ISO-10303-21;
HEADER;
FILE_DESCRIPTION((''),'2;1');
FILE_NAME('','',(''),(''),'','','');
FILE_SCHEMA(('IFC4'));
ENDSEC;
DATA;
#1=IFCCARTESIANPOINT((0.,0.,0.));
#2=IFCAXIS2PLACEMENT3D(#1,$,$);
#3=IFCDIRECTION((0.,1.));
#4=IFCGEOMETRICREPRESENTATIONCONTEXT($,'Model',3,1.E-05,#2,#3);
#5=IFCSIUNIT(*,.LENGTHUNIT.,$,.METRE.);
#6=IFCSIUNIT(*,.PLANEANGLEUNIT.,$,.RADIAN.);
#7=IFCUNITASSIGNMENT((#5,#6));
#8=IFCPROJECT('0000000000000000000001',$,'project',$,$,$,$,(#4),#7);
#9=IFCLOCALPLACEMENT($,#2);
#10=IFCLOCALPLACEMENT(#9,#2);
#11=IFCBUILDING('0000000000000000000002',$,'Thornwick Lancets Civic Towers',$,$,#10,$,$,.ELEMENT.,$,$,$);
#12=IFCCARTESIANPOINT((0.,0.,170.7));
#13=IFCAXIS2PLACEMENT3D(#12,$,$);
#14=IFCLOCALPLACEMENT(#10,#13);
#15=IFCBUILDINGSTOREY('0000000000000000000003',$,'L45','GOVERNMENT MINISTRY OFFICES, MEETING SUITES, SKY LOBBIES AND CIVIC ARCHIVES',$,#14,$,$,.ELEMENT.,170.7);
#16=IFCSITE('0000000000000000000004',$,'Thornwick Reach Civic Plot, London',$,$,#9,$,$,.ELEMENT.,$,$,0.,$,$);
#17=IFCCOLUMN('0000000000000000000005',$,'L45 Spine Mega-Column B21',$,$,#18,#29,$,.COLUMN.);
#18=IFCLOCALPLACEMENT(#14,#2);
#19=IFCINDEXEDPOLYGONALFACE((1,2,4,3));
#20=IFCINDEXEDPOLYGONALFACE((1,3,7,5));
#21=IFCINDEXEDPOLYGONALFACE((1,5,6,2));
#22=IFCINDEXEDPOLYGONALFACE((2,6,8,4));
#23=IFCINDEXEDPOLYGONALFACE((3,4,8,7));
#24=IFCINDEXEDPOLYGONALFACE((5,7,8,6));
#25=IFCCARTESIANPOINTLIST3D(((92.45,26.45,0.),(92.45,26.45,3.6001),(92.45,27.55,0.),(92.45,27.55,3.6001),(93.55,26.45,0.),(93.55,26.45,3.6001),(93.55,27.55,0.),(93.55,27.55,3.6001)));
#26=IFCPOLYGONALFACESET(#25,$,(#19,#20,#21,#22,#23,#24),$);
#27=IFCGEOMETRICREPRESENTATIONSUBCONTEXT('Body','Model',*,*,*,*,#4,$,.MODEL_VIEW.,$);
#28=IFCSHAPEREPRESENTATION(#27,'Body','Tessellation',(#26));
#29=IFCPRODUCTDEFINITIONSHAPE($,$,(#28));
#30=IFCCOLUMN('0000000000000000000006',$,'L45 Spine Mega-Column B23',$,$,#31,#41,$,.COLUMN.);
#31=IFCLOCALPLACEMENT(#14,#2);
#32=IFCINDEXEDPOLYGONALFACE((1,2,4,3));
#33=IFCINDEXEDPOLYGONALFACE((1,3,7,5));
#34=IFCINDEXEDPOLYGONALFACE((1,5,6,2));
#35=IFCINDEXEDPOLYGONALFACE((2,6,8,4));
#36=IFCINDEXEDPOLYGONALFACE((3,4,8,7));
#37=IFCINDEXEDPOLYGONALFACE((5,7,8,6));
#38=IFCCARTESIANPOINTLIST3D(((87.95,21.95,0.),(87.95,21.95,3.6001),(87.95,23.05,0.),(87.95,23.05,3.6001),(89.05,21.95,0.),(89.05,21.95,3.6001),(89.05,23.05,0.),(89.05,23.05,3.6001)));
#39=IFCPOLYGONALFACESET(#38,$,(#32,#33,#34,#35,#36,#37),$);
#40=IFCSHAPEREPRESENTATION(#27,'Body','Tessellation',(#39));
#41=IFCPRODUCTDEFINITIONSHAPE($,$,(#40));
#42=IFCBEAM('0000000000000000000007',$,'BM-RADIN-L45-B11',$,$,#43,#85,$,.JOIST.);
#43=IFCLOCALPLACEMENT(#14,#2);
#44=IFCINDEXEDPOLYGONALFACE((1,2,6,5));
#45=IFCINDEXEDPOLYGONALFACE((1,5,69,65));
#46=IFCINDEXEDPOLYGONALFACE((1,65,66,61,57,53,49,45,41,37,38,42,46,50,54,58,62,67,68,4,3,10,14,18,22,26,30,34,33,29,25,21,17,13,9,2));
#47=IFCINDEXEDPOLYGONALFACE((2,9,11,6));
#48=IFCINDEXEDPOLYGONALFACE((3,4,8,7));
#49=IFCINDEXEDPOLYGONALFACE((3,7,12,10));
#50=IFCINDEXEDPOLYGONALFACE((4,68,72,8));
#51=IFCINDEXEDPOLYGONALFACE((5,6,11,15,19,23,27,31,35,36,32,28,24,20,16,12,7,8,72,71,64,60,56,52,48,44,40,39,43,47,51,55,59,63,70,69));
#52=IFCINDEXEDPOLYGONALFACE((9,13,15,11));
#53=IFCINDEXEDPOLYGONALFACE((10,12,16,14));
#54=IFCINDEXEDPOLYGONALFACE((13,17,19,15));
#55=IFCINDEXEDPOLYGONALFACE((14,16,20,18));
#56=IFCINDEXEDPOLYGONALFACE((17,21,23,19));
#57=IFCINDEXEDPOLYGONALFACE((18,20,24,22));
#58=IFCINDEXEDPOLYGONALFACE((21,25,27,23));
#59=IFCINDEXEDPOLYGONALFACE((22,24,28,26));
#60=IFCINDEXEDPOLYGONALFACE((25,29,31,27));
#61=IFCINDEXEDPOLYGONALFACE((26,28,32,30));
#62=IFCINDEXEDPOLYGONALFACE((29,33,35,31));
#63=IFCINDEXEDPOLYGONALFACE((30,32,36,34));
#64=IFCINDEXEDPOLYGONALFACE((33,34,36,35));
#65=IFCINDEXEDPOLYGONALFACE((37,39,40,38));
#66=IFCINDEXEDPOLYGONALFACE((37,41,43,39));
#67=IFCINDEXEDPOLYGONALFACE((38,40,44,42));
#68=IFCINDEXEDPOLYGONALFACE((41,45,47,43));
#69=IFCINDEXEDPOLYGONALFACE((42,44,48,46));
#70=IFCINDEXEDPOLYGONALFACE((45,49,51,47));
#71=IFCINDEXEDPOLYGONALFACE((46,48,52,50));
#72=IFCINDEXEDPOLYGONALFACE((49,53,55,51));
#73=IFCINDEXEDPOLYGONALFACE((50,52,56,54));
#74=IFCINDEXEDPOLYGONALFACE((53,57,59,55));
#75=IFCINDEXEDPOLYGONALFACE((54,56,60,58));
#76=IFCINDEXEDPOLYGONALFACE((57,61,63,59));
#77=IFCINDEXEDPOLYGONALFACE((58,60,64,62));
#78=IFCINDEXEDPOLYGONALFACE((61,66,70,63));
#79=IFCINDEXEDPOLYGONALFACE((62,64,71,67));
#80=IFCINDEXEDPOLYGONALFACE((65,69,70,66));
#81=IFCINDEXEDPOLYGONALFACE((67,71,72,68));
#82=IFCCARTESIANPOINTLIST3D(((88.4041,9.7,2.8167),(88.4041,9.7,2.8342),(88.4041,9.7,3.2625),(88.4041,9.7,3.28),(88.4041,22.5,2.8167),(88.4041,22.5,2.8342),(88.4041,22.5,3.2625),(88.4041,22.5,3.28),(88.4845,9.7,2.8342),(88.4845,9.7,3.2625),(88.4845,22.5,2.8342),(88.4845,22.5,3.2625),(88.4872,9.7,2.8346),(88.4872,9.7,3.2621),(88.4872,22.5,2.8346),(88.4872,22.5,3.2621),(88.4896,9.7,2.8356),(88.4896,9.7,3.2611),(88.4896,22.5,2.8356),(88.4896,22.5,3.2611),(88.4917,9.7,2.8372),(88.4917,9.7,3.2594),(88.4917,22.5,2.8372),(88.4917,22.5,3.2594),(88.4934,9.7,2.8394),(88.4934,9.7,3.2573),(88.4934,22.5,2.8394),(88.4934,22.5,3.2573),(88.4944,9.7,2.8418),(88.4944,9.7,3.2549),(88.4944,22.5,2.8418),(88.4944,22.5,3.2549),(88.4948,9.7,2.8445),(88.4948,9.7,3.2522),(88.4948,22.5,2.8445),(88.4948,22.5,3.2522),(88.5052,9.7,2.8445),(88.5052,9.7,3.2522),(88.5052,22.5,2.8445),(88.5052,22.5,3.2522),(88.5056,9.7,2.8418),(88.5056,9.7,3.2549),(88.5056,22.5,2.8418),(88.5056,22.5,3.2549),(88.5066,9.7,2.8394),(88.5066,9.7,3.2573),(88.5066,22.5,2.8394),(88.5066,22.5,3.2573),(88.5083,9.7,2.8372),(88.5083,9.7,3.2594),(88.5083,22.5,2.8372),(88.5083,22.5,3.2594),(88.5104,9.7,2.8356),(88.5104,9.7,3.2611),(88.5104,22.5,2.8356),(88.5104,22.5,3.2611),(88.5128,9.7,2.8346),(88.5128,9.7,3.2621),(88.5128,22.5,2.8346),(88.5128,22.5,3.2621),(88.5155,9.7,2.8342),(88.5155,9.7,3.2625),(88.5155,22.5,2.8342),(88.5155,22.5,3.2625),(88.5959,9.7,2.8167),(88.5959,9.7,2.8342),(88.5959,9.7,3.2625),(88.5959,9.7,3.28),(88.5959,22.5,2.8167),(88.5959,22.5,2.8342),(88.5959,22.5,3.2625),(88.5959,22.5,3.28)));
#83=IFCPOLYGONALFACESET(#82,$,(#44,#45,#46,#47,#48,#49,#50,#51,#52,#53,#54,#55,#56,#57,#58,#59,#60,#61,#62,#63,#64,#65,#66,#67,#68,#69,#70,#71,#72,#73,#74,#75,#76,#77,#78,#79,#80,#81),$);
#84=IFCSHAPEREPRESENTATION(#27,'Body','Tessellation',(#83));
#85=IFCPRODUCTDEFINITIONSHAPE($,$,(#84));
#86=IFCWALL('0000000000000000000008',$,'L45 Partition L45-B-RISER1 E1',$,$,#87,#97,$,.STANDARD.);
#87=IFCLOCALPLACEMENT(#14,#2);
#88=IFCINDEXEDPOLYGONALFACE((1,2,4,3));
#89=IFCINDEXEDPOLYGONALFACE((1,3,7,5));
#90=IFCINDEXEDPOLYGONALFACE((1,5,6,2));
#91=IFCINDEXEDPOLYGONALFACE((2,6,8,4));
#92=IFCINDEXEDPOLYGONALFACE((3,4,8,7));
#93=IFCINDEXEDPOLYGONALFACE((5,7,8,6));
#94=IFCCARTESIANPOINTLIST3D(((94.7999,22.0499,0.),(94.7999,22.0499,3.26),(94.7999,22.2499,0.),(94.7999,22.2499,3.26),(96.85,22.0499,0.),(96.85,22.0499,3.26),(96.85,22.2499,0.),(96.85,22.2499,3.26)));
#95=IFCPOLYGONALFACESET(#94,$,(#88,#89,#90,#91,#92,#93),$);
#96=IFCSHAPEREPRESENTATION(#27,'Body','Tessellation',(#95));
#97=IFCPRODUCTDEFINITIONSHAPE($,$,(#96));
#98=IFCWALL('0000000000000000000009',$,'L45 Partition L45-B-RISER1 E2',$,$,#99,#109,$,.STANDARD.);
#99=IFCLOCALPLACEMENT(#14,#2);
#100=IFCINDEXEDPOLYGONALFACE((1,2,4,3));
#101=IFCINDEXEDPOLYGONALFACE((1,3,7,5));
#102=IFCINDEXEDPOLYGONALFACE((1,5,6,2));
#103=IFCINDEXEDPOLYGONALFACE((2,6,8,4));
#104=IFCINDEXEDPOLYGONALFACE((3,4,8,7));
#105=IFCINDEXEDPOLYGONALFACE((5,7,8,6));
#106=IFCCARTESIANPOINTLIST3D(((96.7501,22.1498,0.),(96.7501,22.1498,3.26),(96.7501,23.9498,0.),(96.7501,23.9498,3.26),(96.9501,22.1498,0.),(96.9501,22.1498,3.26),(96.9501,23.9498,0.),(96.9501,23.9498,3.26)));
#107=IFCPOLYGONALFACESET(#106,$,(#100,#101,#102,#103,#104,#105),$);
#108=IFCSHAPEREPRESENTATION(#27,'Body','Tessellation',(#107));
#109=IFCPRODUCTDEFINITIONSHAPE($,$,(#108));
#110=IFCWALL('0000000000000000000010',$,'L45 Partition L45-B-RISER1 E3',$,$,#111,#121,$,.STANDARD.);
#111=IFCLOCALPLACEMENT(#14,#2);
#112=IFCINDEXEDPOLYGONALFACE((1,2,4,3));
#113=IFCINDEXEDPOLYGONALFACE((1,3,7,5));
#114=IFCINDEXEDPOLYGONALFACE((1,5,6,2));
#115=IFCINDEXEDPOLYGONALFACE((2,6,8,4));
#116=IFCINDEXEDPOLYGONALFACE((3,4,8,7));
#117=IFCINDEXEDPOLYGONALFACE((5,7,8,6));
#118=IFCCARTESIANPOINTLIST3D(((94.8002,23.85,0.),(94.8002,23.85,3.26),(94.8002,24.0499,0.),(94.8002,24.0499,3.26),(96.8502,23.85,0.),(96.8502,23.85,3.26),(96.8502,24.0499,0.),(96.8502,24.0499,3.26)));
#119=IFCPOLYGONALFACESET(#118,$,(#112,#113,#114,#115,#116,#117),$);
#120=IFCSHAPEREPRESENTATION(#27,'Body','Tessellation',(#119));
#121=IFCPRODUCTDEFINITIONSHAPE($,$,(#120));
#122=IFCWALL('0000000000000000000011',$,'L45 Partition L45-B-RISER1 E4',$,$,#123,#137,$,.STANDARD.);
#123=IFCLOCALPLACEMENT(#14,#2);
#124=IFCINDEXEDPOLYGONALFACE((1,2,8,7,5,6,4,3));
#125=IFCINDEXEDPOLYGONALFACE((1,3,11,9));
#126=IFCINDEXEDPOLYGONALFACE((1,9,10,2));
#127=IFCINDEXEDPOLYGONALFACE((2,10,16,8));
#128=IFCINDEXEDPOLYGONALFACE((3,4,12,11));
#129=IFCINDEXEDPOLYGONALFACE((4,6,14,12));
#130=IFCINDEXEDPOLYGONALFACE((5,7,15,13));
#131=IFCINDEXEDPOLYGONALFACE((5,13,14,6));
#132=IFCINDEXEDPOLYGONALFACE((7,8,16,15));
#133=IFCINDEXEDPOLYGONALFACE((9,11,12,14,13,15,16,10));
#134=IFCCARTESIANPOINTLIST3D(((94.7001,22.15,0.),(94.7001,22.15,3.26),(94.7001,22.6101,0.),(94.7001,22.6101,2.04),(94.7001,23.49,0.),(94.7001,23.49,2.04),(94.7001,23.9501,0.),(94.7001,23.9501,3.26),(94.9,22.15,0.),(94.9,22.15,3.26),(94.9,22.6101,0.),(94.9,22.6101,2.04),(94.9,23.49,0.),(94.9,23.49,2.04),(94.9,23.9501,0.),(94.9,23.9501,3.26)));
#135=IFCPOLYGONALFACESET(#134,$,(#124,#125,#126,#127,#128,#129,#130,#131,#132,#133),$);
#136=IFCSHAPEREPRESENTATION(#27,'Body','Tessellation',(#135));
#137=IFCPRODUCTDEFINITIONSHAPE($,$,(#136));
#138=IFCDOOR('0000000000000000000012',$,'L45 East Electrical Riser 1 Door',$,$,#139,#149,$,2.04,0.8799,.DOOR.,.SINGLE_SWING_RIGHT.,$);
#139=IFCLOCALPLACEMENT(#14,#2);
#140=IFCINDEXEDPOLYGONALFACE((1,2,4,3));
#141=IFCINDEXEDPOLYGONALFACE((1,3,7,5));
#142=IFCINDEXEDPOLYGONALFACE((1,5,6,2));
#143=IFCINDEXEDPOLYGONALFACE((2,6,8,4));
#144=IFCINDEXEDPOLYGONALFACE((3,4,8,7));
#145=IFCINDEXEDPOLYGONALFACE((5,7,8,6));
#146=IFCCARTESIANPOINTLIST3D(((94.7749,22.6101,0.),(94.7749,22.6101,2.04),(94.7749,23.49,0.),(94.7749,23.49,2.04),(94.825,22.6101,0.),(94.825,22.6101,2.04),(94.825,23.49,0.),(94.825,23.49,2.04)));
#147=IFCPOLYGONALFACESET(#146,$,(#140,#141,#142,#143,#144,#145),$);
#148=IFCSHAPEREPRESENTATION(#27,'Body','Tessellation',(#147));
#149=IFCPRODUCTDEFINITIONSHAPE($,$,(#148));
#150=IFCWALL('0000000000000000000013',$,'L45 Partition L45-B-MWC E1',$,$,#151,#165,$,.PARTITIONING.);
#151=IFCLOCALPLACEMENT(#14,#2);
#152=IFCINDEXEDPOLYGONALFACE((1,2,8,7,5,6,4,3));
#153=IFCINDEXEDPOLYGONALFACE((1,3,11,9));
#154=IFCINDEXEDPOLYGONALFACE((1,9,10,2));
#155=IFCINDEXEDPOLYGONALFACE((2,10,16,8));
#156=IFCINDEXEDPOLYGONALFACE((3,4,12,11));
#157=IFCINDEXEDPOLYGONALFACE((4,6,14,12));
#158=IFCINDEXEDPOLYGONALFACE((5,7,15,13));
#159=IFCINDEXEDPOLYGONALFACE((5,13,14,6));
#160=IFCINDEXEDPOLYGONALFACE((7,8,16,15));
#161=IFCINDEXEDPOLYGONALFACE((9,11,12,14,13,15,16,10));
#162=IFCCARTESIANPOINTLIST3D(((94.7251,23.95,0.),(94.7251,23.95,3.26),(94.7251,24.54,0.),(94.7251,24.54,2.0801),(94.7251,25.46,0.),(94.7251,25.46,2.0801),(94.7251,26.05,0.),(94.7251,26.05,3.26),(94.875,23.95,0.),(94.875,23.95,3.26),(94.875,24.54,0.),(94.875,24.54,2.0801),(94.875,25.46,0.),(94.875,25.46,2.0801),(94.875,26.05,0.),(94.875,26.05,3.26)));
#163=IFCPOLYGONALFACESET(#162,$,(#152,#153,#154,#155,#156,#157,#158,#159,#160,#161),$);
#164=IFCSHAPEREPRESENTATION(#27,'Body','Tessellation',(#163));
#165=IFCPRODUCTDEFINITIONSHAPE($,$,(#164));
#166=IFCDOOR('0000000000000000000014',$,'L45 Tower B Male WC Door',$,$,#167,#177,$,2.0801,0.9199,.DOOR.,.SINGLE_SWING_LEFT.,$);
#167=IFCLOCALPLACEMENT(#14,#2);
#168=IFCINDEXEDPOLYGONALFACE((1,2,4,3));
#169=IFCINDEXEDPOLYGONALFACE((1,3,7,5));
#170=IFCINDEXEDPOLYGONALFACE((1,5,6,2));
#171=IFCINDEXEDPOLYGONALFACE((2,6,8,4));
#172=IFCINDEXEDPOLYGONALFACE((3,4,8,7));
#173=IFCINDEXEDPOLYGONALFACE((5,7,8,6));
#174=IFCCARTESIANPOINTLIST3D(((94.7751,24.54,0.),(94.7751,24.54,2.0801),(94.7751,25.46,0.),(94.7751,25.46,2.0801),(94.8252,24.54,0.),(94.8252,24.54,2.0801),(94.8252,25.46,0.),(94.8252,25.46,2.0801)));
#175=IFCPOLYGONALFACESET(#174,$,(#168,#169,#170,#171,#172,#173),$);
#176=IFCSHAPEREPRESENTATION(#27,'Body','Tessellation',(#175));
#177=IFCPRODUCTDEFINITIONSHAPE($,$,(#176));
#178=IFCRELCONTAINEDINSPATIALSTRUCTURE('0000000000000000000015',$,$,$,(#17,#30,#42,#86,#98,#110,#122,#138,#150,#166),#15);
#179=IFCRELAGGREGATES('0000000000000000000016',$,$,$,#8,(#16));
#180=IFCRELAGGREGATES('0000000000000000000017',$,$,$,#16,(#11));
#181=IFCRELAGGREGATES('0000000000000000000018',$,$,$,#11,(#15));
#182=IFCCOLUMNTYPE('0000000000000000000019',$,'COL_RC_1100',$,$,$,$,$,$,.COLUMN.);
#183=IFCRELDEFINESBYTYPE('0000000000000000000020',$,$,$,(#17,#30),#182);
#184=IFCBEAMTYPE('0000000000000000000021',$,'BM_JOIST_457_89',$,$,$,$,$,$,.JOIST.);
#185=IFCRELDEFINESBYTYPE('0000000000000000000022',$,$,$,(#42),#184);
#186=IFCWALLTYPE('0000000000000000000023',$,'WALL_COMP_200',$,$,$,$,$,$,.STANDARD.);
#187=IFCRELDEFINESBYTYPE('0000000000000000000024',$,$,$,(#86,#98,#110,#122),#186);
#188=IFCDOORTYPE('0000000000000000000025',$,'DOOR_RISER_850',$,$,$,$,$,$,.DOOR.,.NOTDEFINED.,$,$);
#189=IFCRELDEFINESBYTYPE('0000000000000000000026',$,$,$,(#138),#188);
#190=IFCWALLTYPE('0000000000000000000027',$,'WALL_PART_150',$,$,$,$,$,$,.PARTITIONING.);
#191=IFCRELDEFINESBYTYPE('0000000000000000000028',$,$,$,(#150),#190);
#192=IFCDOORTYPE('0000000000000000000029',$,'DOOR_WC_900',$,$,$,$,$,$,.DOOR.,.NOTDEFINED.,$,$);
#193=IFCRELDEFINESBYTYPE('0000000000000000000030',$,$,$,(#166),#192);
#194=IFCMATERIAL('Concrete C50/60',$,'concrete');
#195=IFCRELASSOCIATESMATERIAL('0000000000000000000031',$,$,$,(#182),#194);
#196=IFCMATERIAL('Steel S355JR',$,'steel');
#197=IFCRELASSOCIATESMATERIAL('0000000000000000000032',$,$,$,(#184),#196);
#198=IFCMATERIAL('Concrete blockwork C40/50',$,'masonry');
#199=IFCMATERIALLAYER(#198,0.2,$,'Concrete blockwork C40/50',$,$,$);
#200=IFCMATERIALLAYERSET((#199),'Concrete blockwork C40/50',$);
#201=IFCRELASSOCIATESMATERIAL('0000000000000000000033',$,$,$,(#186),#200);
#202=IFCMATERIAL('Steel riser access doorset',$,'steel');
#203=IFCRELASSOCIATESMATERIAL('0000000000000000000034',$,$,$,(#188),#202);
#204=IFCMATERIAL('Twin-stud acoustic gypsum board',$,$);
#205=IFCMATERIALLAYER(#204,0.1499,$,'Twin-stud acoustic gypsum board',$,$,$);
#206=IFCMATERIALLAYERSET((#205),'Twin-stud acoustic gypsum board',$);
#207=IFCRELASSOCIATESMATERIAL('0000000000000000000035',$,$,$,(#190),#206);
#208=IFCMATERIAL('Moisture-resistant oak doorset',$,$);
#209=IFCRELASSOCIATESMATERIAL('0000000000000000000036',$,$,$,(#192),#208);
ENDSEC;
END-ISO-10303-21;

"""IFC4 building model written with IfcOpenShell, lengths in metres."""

from ifc_helpers import new_model, si_unit, direction, frame, frame_2d, origin, origin_2d, place, context, subcontext, project, spatial, rectangle, i_section, extrude, material, layer, layer_set, material_profile, profile_set, type_object, element, fill, save


model = new_model("IFC4")

# Units and contexts
model_context = context("Model", 3, precision=1e-05, world=origin(), true_north=direction((0.0, 1.0)))
body_context = subcontext(model_context, "Body", "Model", "MODEL_VIEW")
ifc_project = project(units=[si_unit("LENGTHUNIT", "METRE"), si_unit("PLANEANGLEUNIT", "RADIAN")], contexts=[model_context])

# Site, building, storey
site_placement = place(None, origin())
site = spatial("IfcSite", under=ifc_project, at=site_placement, Name="Thornwick Reach Civic Plot, London", CompositionType="ELEMENT", RefElevation=0.0)
building_placement = place(site_placement, origin())
building = spatial("IfcBuilding", under=site, at=building_placement, Name="Thornwick Lancets Civic Towers", CompositionType="ELEMENT")
storey_placement = place(building_placement, frame((0.0, 0.0, 170.7)))
storey = spatial("IfcBuildingStorey", under=building, at=storey_placement, Name="L45", Description="GOVERNMENT MINISTRY OFFICES, MEETING SUITES, SKY LOBBIES AND CIVIC ARCHIVES", CompositionType="ELEMENT", Elevation=170.7)

# Columns
ifc_material_1 = material(Name="Concrete C50/60", Category="concrete")
ifc_material_profile_1 = material_profile(ifc_material_1, rectangle(XDim=1.1001, YDim=1.1001, at=origin_2d()), Name="RC 1100x1100")
ifc_profile_set_1 = profile_set([ifc_material_profile_1], Name="Concrete C50/60")
column_type = type_object("IfcColumnType", Name="COL_RC_1100", PredefinedType="COLUMN", material=ifc_profile_set_1)
for number, where, z_axis, x_axis, name in (
    (1, (93.0, 27.0, 0.0), (0.0, 0.0, 1.0), (1.0, 0.0, 0.0), "L45 Spine Mega-Column B21"),
    (2, (88.5, 22.5, 0.0), (0.0, 0.0, 1.0), (1.0, 0.0, 0.0), "L45 Spine Mega-Column B23"),
):
    element("IfcColumn", number, at=place(storey_placement, frame(where, z_axis=z_axis, x_axis=x_axis)), inside=storey, type_object=column_type, Name=name, PredefinedType="COLUMN", context=body_context, shape_type="SweptSolid", body=[
        extrude(rectangle(XDim=1.1001, YDim=1.1001, at=origin_2d()), origin(), (0.0, 0.0, 1.0), 3.6001),
    ])

# Beam
ifc_material_2 = material(Name="Steel S355JR", Category="steel")
ifc_material_profile_2 = material_profile(ifc_material_2, i_section(OverallWidth=0.1919, OverallDepth=0.4634, WebThickness=0.0105, FlangeThickness=0.0176, FilletRadius=0.0103, at=origin_2d()), Name="UKB 457x191x89")
ifc_profile_set_2 = profile_set([ifc_material_profile_2], Name="Steel S355JR")
beam_type = type_object("IfcBeamType", Name="BM_JOIST_457_89", PredefinedType="JOIST", material=ifc_profile_set_2)
beam_placement = place(storey_placement, frame((88.5, 22.5, 3.0483), z_axis=(0.0, -1.0, 0.0), x_axis=(1.0, 0.0, 0.0)))
element("IfcBeam", 3, at=beam_placement, inside=storey, type_object=beam_type, Name="BM-RADIN-L45-B11", PredefinedType="JOIST", context=body_context, shape_type="SweptSolid", body=[
    extrude(i_section(OverallWidth=0.1919, OverallDepth=0.4634, WebThickness=0.0105, FlangeThickness=0.0176, FilletRadius=0.0103, at=origin_2d()), origin(), (0.0, 0.0, 1.0), 12.8),
])

# Walls
ifc_material_3 = material(Name="Concrete blockwork C40/50", Category="masonry")
ifc_layer_1 = layer(ifc_material_3, 0.2, Name="Concrete blockwork C40/50")
ifc_layer_set_1 = layer_set([ifc_layer_1], Name="Concrete blockwork C40/50")
wall_type_1 = type_object("IfcWallType", Name="WALL_COMP_200", PredefinedType="STANDARD", material=ifc_layer_set_1)
wall_1_placement = place(storey_placement, frame((94.8, 22.1499, 0.0), z_axis=(0.0, 0.0, 1.0), x_axis=(1.0, 0.0, 0.0)))
element("IfcWall", 4, at=wall_1_placement, inside=storey, type_object=wall_type_1, Name="L45 Partition L45-B-RISER1 E1", PredefinedType="STANDARD", context=body_context, shape_type="SweptSolid", body=[
    extrude(rectangle(XDim=2.05, YDim=0.2, at=frame_2d((1.0249, 0.0))), origin(), (0.0, 0.0, 1.0), 3.26),
])
wall_2_placement = place(storey_placement, frame((96.8501, 22.1499, 0.0), z_axis=(0.0, 0.0, 1.0), x_axis=(0.0, 1.0, 0.0)))
element("IfcWall", 5, at=wall_2_placement, inside=storey, type_object=wall_type_1, Name="L45 Partition L45-B-RISER1 E2", PredefinedType="STANDARD", context=body_context, shape_type="SweptSolid", body=[
    extrude(rectangle(XDim=1.8, YDim=0.2, at=frame_2d((0.8999, 0.0))), origin(), (0.0, 0.0, 1.0), 3.26),
])
wall_3_placement = place(storey_placement, frame((96.8501, 23.95, 0.0), z_axis=(0.0, 0.0, 1.0), x_axis=(-1.0, 0.0, 0.0)))
element("IfcWall", 6, at=wall_3_placement, inside=storey, type_object=wall_type_1, Name="L45 Partition L45-B-RISER1 E3", PredefinedType="STANDARD", context=body_context, shape_type="SweptSolid", body=[
    extrude(rectangle(XDim=2.05, YDim=0.2, at=frame_2d((1.0249, 0.0))), origin(), (0.0, 0.0, 1.0), 3.26),
])

# Walls, openings, doors
wall_4_placement = place(storey_placement, frame((94.8, 23.95, 0.0), z_axis=(0.0, 0.0, 1.0), x_axis=(0.0, -1.0, 0.0)))
wall_4 = element("IfcWall", 7, at=wall_4_placement, inside=storey, type_object=wall_type_1, Name="L45 Partition L45-B-RISER1 E4", PredefinedType="STANDARD", context=body_context, shape_type="SweptSolid", body=[
    extrude(rectangle(XDim=1.8, YDim=0.2, at=frame_2d((0.8999, 0.0))), origin(), (0.0, 0.0, 1.0), 3.26),
])
opening_1_placement = place(wall_4_placement, frame((0.46, 0.0, 0.0)))
opening_1 = element("IfcOpeningElement", 8, at=opening_1_placement, cuts=wall_4, PredefinedType="OPENING", context=body_context, shape_type="SweptSolid", body=[
    extrude(rectangle(XDim=0.8799, YDim=2.04, at=frame_2d((0.4399, 1.02))), frame((0.0, 0.1099, 0.0), z_axis=(0.0, -1.0, 0.0), x_axis=(1.0, 0.0, 0.0)), (0.0, 0.0, 1.0), 0.22),
])
ifc_material_4 = material(Name="Steel riser access doorset", Category="steel")
door_type_1 = type_object("IfcDoorType", Name="DOOR_RISER_850", OperationType="NOTDEFINED", PredefinedType="DOOR", material=ifc_material_4)
door_1_placement = place(opening_1_placement, origin())
door_1 = element("IfcDoor", 9, at=door_1_placement, inside=storey, type_object=door_type_1, Name="L45 East Electrical Riser 1 Door", OperationType="SINGLE_SWING_RIGHT", OverallHeight=2.04, OverallWidth=0.8799, PredefinedType="DOOR", context=body_context, shape_type="SweptSolid", body=[
    extrude(rectangle(XDim=0.8799, YDim=2.04, at=frame_2d((0.4399, 1.02))), frame((0.0, 0.0249, 0.0), z_axis=(0.0, -1.0, 0.0), x_axis=(1.0, 0.0, 0.0)), (0.0, 0.0, 1.0), 0.05),
])
fill(opening_1, door_1)
ifc_material_5 = material(Name="Twin-stud acoustic gypsum board")
ifc_layer_2 = layer(ifc_material_5, 0.1499, Name="Twin-stud acoustic gypsum board")
ifc_layer_set_2 = layer_set([ifc_layer_2], Name="Twin-stud acoustic gypsum board")
wall_type_2 = type_object("IfcWallType", Name="WALL_PART_150", PredefinedType="PARTITIONING", material=ifc_layer_set_2)
wall_5_placement = place(storey_placement, frame((94.8, 23.95, 0.0), z_axis=(0.0, 0.0, 1.0), x_axis=(0.0, 1.0, 0.0)))
wall_5 = element("IfcWall", 10, at=wall_5_placement, inside=storey, type_object=wall_type_2, Name="L45 Partition L45-B-MWC E1", PredefinedType="PARTITIONING", context=body_context, shape_type="SweptSolid", body=[
    extrude(rectangle(XDim=2.1001, YDim=0.1499, at=frame_2d((1.05, 0.0))), origin(), (0.0, 0.0, 1.0), 3.26),
])
opening_2_placement = place(wall_5_placement, frame((0.5901, 0.0, 0.0)))
opening_2 = element("IfcOpeningElement", 11, at=opening_2_placement, cuts=wall_5, PredefinedType="OPENING", context=body_context, shape_type="SweptSolid", body=[
    extrude(rectangle(XDim=0.9199, YDim=2.0801, at=frame_2d((0.46, 1.04))), frame((0.0, 0.085, 0.0), z_axis=(0.0, -1.0, 0.0), x_axis=(1.0, 0.0, 0.0)), (0.0, 0.0, 1.0), 0.1699),
])
ifc_material_6 = material(Name="Moisture-resistant oak doorset")
door_type_2 = type_object("IfcDoorType", Name="DOOR_WC_900", OperationType="NOTDEFINED", PredefinedType="DOOR", material=ifc_material_6)
door_2_placement = place(opening_2_placement, origin())
door_2 = element("IfcDoor", 12, at=door_2_placement, inside=storey, type_object=door_type_2, Name="L45 Tower B Male WC Door", OperationType="SINGLE_SWING_LEFT", OverallHeight=2.0801, OverallWidth=0.9199, PredefinedType="DOOR", context=body_context, shape_type="SweptSolid", body=[
    extrude(rectangle(XDim=0.9199, YDim=2.0801, at=frame_2d((0.46, 1.04))), frame((0.0, 0.0249, 0.0), z_axis=(0.0, -1.0, 0.0), x_axis=(1.0, 0.0, 0.0)), (0.0, 0.0, 1.0), 0.05),
])
fill(opening_2, door_2)

save(model, "model.ifc")
